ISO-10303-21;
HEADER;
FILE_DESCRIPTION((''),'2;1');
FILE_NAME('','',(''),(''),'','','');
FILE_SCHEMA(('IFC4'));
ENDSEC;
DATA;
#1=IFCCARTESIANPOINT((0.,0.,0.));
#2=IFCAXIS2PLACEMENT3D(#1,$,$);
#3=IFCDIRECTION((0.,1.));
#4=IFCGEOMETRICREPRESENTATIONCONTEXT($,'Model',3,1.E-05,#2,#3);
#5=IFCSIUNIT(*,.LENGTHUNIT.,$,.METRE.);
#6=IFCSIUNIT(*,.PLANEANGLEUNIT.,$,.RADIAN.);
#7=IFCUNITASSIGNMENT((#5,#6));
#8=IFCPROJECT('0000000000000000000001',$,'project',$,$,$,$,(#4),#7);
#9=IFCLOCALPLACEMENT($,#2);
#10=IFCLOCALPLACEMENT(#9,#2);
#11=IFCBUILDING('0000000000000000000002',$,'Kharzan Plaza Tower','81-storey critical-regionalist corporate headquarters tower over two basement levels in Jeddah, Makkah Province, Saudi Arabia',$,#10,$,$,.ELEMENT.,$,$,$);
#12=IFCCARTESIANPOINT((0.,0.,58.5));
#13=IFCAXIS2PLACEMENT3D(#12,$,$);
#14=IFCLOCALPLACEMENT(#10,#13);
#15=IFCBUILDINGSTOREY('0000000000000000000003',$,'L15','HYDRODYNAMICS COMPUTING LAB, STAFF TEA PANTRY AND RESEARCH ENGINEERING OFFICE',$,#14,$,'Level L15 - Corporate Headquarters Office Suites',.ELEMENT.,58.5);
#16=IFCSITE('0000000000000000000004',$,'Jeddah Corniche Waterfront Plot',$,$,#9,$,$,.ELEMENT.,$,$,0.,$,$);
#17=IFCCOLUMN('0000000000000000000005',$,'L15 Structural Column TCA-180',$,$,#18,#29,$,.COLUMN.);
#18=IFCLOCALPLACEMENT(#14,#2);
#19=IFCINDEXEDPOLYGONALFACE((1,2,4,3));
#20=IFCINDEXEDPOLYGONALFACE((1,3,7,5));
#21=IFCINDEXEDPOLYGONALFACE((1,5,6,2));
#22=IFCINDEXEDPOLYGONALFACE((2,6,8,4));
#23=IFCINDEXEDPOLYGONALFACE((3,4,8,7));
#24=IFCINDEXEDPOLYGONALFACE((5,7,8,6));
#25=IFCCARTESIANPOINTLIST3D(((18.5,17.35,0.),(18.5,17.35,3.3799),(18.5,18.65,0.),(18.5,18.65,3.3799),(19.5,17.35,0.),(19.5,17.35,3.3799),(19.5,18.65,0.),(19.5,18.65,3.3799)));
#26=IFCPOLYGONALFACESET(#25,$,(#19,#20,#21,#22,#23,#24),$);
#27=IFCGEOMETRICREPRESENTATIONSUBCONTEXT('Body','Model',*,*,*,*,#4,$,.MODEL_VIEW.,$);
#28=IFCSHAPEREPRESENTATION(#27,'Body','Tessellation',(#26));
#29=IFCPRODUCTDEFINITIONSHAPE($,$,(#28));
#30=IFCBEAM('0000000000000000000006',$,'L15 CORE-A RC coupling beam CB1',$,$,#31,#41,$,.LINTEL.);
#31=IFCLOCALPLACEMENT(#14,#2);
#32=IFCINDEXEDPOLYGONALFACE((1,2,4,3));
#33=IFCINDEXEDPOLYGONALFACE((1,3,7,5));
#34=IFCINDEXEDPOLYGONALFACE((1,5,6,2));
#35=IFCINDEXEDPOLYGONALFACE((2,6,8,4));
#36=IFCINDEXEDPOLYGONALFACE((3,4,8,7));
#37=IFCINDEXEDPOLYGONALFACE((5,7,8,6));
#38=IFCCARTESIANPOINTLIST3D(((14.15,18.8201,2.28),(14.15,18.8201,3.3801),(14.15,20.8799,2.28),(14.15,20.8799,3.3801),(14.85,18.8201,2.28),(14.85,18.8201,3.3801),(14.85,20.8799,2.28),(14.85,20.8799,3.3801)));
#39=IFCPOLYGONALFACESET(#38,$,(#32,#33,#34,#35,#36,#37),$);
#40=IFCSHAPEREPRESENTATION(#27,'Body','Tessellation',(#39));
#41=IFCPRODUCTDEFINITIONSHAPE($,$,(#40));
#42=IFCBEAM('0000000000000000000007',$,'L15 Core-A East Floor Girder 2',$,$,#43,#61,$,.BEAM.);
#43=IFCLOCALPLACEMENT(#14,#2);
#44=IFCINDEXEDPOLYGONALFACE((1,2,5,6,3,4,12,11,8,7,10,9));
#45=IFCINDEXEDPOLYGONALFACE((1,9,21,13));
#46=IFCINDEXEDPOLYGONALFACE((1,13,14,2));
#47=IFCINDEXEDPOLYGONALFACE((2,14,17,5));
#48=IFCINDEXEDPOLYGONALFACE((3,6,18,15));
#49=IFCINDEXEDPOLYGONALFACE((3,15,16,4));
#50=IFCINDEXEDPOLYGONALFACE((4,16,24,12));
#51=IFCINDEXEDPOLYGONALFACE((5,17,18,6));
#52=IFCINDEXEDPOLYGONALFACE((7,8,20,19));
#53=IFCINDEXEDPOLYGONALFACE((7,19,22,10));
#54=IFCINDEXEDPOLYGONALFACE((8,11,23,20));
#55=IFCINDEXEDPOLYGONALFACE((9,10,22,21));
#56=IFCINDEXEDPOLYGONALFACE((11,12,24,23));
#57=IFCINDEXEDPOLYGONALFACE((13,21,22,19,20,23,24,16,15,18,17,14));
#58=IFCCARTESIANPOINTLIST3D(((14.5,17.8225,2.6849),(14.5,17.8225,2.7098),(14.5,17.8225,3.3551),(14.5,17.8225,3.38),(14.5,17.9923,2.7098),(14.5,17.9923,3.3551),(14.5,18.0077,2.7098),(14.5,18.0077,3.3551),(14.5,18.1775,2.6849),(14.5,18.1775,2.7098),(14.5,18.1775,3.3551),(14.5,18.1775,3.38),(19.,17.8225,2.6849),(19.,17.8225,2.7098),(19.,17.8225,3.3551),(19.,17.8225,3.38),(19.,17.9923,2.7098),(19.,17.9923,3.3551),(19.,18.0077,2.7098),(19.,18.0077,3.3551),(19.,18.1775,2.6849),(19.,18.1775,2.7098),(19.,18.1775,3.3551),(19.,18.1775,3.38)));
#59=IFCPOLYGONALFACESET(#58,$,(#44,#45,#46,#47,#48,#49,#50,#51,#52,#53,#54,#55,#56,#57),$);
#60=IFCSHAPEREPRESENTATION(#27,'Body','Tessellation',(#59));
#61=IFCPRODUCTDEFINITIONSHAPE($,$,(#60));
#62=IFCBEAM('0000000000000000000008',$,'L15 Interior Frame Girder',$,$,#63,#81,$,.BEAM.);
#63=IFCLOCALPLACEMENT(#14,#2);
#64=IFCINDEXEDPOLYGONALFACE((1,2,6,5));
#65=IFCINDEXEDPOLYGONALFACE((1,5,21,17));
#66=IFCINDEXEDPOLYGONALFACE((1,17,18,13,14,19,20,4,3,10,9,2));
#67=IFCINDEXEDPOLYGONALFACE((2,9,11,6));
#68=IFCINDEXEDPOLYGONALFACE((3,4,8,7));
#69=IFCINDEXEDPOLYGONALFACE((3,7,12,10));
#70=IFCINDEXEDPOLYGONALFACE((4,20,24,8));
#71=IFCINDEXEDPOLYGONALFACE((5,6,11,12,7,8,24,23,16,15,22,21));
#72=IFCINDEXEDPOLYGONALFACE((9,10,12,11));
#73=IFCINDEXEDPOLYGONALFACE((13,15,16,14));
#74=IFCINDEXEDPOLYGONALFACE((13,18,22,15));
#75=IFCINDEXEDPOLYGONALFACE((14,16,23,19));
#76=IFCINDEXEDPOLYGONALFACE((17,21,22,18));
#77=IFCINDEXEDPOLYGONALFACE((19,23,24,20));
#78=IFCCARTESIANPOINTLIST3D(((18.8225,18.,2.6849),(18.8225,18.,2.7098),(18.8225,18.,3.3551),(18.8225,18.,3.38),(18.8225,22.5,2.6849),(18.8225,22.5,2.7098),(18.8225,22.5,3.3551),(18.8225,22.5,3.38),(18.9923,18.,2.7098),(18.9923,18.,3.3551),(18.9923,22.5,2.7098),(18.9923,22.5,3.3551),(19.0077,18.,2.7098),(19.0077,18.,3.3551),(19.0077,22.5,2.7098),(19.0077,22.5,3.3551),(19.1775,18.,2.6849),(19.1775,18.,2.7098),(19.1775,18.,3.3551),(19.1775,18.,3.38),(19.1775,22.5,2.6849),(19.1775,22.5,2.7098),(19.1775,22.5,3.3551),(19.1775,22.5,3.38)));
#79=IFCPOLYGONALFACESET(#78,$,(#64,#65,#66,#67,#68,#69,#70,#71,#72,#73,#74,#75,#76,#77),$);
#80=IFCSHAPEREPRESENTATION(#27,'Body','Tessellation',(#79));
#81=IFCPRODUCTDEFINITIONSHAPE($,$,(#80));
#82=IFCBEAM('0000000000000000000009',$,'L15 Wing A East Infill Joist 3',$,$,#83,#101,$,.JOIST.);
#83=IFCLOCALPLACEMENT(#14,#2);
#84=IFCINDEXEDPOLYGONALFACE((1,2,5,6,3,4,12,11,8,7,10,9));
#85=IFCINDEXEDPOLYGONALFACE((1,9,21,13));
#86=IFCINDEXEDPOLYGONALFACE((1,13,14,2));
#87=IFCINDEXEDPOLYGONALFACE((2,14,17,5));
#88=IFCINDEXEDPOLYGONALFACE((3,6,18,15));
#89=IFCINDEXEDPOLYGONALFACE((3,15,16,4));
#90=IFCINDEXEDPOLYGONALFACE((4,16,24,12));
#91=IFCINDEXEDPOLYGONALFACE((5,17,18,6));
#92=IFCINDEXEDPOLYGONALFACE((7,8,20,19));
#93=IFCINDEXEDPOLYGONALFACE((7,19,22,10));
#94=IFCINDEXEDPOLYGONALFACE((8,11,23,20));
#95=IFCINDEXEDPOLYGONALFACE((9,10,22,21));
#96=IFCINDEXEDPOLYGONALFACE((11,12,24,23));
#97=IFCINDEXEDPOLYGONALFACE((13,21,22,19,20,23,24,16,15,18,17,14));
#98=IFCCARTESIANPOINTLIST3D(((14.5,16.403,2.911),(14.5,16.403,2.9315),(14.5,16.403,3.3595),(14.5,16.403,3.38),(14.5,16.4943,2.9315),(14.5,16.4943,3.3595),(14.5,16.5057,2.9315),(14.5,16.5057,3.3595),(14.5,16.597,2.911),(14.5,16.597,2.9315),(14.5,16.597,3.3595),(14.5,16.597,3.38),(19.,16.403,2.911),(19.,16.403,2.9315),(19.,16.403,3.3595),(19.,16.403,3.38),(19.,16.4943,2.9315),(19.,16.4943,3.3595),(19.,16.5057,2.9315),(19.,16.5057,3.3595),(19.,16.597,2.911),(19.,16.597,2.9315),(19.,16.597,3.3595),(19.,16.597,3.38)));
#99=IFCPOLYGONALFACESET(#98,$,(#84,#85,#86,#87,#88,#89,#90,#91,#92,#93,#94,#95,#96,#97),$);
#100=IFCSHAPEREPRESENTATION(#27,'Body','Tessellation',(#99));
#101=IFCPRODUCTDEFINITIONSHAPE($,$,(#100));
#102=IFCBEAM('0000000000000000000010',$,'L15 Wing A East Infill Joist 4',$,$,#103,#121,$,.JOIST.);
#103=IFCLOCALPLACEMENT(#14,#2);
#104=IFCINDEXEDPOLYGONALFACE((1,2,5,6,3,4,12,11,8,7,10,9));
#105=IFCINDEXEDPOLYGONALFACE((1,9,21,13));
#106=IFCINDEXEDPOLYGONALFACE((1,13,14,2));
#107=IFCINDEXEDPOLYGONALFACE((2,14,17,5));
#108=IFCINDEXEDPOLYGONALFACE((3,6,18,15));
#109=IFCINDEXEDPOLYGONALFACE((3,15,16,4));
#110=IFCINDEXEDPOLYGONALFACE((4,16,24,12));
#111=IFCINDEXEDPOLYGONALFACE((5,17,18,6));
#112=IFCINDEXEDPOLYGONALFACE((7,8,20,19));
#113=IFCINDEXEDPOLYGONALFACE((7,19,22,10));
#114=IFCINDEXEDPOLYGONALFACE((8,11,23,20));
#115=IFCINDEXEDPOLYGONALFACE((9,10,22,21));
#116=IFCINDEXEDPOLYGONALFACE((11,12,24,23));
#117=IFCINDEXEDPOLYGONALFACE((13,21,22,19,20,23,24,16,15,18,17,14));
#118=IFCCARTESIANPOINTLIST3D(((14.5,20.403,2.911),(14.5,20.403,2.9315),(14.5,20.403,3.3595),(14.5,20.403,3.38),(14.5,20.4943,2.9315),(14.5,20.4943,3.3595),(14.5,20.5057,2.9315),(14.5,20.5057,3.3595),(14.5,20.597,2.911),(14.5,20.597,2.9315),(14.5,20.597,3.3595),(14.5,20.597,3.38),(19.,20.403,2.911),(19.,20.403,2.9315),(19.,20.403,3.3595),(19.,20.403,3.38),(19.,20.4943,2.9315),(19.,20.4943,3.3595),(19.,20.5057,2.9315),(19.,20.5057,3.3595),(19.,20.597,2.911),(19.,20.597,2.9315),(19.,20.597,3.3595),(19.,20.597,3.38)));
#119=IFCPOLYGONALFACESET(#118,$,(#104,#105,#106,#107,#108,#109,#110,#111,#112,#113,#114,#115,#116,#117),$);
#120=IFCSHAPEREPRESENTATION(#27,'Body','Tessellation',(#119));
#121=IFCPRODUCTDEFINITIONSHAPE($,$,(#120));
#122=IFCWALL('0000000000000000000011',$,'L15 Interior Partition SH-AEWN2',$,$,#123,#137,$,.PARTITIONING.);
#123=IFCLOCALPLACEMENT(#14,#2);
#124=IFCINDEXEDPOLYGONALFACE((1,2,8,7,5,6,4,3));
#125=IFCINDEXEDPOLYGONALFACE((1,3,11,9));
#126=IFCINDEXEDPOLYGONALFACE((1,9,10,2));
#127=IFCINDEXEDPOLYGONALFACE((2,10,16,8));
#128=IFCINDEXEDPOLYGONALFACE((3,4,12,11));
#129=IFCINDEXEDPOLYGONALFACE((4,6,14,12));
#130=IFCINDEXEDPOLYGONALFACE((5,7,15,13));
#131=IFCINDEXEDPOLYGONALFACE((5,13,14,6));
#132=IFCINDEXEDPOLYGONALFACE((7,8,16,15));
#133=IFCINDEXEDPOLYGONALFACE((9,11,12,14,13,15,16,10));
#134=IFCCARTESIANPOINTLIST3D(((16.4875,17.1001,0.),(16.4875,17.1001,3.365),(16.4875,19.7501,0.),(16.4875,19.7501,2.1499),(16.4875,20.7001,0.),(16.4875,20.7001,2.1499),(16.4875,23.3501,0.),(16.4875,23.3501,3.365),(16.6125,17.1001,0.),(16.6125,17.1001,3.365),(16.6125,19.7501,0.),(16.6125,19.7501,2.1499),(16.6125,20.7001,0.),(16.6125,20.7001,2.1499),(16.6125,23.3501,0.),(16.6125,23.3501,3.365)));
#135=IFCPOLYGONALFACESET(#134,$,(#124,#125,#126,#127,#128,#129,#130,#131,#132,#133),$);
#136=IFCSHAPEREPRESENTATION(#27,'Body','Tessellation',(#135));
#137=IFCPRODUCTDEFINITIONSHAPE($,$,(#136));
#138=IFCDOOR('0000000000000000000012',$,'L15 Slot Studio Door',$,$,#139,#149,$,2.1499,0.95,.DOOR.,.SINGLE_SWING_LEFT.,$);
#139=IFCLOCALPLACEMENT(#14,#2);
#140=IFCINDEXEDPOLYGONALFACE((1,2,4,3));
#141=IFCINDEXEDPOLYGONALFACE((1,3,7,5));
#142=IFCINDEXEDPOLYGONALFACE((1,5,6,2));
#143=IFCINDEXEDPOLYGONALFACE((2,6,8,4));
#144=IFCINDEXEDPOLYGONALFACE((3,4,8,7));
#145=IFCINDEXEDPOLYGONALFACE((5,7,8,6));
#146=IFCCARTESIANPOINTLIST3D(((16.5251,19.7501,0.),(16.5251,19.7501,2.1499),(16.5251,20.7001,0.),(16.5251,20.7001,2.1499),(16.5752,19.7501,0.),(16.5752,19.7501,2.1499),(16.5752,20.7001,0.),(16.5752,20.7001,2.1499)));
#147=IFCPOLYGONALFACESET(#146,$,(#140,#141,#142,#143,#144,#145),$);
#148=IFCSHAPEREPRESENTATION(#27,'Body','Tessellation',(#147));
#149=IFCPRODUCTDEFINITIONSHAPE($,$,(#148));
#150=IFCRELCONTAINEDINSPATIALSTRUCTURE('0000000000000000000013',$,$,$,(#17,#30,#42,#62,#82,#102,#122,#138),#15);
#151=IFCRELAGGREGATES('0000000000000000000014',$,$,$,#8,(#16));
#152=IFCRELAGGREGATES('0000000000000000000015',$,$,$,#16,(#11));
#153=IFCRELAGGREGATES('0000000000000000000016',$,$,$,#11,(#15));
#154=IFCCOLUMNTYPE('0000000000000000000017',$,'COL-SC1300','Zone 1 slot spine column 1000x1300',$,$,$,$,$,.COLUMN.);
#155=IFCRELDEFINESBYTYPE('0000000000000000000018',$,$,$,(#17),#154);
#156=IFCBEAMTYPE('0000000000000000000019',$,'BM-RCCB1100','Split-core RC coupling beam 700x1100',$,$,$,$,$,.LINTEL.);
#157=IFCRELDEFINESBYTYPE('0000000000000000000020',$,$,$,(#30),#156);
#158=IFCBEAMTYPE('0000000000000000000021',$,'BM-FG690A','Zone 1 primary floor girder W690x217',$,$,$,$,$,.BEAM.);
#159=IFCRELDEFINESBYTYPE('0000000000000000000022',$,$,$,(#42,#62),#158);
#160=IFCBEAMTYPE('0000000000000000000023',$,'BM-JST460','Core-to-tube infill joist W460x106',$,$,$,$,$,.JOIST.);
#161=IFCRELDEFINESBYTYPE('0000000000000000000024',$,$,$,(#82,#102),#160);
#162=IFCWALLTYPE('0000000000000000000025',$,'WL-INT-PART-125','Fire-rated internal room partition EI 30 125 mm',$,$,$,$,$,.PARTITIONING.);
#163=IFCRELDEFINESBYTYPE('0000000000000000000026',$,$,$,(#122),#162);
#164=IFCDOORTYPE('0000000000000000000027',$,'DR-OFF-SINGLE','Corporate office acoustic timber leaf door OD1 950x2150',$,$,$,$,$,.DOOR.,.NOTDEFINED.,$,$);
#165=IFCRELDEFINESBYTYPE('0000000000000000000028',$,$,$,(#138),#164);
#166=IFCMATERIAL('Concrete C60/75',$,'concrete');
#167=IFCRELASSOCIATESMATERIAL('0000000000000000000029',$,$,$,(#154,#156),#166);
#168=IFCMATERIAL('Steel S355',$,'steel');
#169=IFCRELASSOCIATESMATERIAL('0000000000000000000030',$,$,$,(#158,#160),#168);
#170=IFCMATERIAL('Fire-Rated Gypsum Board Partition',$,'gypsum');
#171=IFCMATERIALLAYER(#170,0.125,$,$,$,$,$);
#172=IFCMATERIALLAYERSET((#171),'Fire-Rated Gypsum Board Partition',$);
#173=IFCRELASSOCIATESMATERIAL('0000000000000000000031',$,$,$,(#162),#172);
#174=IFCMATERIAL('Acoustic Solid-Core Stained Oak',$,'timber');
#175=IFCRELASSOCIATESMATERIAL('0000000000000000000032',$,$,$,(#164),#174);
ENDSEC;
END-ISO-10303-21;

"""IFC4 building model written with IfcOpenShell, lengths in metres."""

from ifc_helpers import new_model, si_unit, direction, frame, frame_2d, origin, origin_2d, place, context, subcontext, project, spatial, rectangle, i_section, extrude, source, transform, mapped, material, layer, layer_set, material_profile, profile_set, type_object, element, fill, save


model = new_model("IFC4")

# Units and contexts
model_context = context("Model", 3, precision=1e-05, world=origin(), true_north=direction((0.0, 1.0)))
body_context = subcontext(model_context, "Body", "Model", "MODEL_VIEW")
ifc_project = project(units=[si_unit("LENGTHUNIT", "METRE"), si_unit("PLANEANGLEUNIT", "RADIAN")], contexts=[model_context])

# Site, building, storey
site_placement = place(None, origin())
site = spatial("IfcSite", under=ifc_project, at=site_placement, Name="Jeddah Corniche Waterfront Plot", CompositionType="ELEMENT", RefElevation=0.0)
building_placement = place(site_placement, origin())
building = spatial("IfcBuilding", under=site, at=building_placement, Name="Kharzan Plaza Tower", Description="81-storey critical-regionalist corporate headquarters tower over two basement levels in Jeddah, Makkah Province, Saudi Arabia", CompositionType="ELEMENT")
storey_placement = place(building_placement, frame((0.0, 0.0, 58.5)))
storey = spatial("IfcBuildingStorey", under=building, at=storey_placement, Name="L15", Description="HYDRODYNAMICS COMPUTING LAB, STAFF TEA PANTRY AND RESEARCH ENGINEERING OFFICE", LongName="Level L15 - Corporate Headquarters Office Suites", CompositionType="ELEMENT", Elevation=58.5)

# Column
ifc_material_1 = material(Name="Concrete C60/75", Category="concrete")
ifc_material_profile_1 = material_profile(ifc_material_1, rectangle(XDim=1.0, YDim=1.3, at=origin_2d()), Name="RC-SC1300x1000")
ifc_profile_set_1 = profile_set([ifc_material_profile_1], Name="Concrete C60/75")
column_type = type_object("IfcColumnType", Name="COL-SC1300", Description="Zone 1 slot spine column 1000x1300", PredefinedType="COLUMN", material=ifc_profile_set_1)
shared_shape_1 = source(origin(), body_context, "Body", "SweptSolid", [
    extrude(rectangle(XDim=1.0, YDim=1.3, at=origin_2d()), origin(), (0.0, 0.0, 1.0), 3.3799),
])
column_placement = place(storey_placement, frame((19.0, 18.0, 0.0), z_axis=(0.0, 0.0, 1.0), x_axis=(1.0, 0.0, 0.0)))
element("IfcColumn", 1, at=column_placement, inside=storey, type_object=column_type, Name="L15 Structural Column TCA-180", PredefinedType="COLUMN", context=body_context, shape_type="MappedRepresentation", body=[
    mapped(shared_shape_1, transform((0.0, 0.0, 0.0), x_axis=(1.0, 0.0, 0.0), y_axis=(0.0, 1.0, 0.0), z_axis=(0.0, 0.0, 1.0))),
])

# Beams
ifc_material_profile_2 = material_profile(ifc_material_1, rectangle(XDim=0.7, YDim=1.1001, at=origin_2d()), Name="RC-CB1100x700")
ifc_profile_set_2 = profile_set([ifc_material_profile_2], Name="Concrete C60/75")
beam_type_1 = type_object("IfcBeamType", Name="BM-RCCB1100", Description="Split-core RC coupling beam 700x1100", PredefinedType="LINTEL", material=ifc_profile_set_2)
shared_shape_2 = source(origin(), body_context, "Body", "SweptSolid", [
    extrude(rectangle(XDim=0.7, YDim=1.1001, at=origin_2d()), origin(), (0.0, 0.0, 1.0), 2.0598),
])
beam_placement = place(storey_placement, frame((14.5, 18.8201, 2.8301), z_axis=(0.0, 1.0, 0.0), x_axis=(-1.0, 0.0, 0.0)))
element("IfcBeam", 2, at=beam_placement, inside=storey, type_object=beam_type_1, Name="L15 CORE-A RC coupling beam CB1", PredefinedType="LINTEL", context=body_context, shape_type="MappedRepresentation", body=[
    mapped(shared_shape_2, transform((0.0, 0.0, 0.0), x_axis=(1.0, 0.0, 0.0), y_axis=(0.0, 1.0, 0.0), z_axis=(0.0, 0.0, 1.0))),
])
ifc_material_2 = material(Name="Steel S355", Category="steel")
ifc_material_profile_3 = material_profile(ifc_material_2, i_section(OverallWidth=0.355, OverallDepth=0.6951, WebThickness=0.0154, FlangeThickness=0.0249, at=origin_2d()), Name="W690x217")
ifc_profile_set_3 = profile_set([ifc_material_profile_3], Name="Steel S355")
beam_type_2 = type_object("IfcBeamType", Name="BM-FG690A", Description="Zone 1 primary floor girder W690x217", PredefinedType="BEAM", material=ifc_profile_set_3)
shared_shape_3 = source(origin(), body_context, "Body", "SweptSolid", [
    extrude(i_section(OverallWidth=0.355, OverallDepth=0.6951, WebThickness=0.0154, FlangeThickness=0.0249, at=origin_2d()), origin(), (0.0, 0.0, 1.0), 4.5),
])
for number, where, z_axis, x_axis, name in (
    (3, (14.5, 18.0, 3.0325), (1.0, 0.0, 0.0), (0.0, 1.0, 0.0), "L15 Core-A East Floor Girder 2"),
    (4, (19.0, 18.0, 3.0325), (0.0, 1.0, 0.0), (-1.0, 0.0, 0.0), "L15 Interior Frame Girder"),
):
    element("IfcBeam", number, at=place(storey_placement, frame(where, z_axis=z_axis, x_axis=x_axis)), inside=storey, type_object=beam_type_2, Name=name, PredefinedType="BEAM", context=body_context, shape_type="MappedRepresentation", body=[
        mapped(shared_shape_3, transform((0.0, 0.0, 0.0), x_axis=(1.0, 0.0, 0.0), y_axis=(0.0, 1.0, 0.0), z_axis=(0.0, 0.0, 1.0))),
    ])
ifc_material_profile_4 = material_profile(ifc_material_2, i_section(OverallWidth=0.1941, OverallDepth=0.469, WebThickness=0.0115, FlangeThickness=0.0205, at=origin_2d()), Name="W460x106")
ifc_profile_set_4 = profile_set([ifc_material_profile_4], Name="Steel S355")
beam_type_3 = type_object("IfcBeamType", Name="BM-JST460", Description="Core-to-tube infill joist W460x106", PredefinedType="JOIST", material=ifc_profile_set_4)
shared_shape_4 = source(origin(), body_context, "Body", "SweptSolid", [
    extrude(i_section(OverallWidth=0.1941, OverallDepth=0.469, WebThickness=0.0115, FlangeThickness=0.0205, at=origin_2d()), origin(), (0.0, 0.0, 1.0), 4.5),
])
for number, where, z_axis, x_axis, name in (
    (5, (14.5, 16.5, 3.1455), (1.0, 0.0, 0.0), (0.0, 1.0, 0.0), "L15 Wing A East Infill Joist 3"),
    (6, (14.5, 20.5, 3.1455), (1.0, 0.0, 0.0), (0.0, 1.0, 0.0), "L15 Wing A East Infill Joist 4"),
):
    element("IfcBeam", number, at=place(storey_placement, frame(where, z_axis=z_axis, x_axis=x_axis)), inside=storey, type_object=beam_type_3, Name=name, PredefinedType="JOIST", context=body_context, shape_type="MappedRepresentation", body=[
        mapped(shared_shape_4, transform((0.0, 0.0, 0.0), x_axis=(1.0, 0.0, 0.0), y_axis=(0.0, 1.0, 0.0), z_axis=(0.0, 0.0, 1.0))),
    ])

# Wall, opening, door
ifc_material_3 = material(Name="Fire-Rated Gypsum Board Partition", Category="gypsum")
ifc_layer_1 = layer(ifc_material_3, 0.125)
ifc_layer_set_1 = layer_set([ifc_layer_1], Name="Fire-Rated Gypsum Board Partition")
wall_type_1 = type_object("IfcWallType", Name="WL-INT-PART-125", Description="Fire-rated internal room partition EI 30 125 mm", PredefinedType="PARTITIONING", material=ifc_layer_set_1)
wall_1_placement = place(storey_placement, frame((16.55, 17.1001, 0.0), z_axis=(0.0, 0.0, 1.0), x_axis=(0.0, 1.0, 0.0)))
wall_1 = element("IfcWall", 7, at=wall_1_placement, inside=storey, type_object=wall_type_1, Name="L15 Interior Partition SH-AEWN2", PredefinedType="PARTITIONING", context=body_context, shape_type="SweptSolid", body=[
    extrude(rectangle(XDim=6.25, YDim=0.125, at=frame_2d((3.125, 0.0))), origin(), (0.0, 0.0, 1.0), 3.365),
])
opening_1_placement = place(wall_1_placement, frame((2.6499, 0.0, 0.0)))
opening_1 = element("IfcOpeningElement", 8, at=opening_1_placement, cuts=wall_1, PredefinedType="OPENING", context=body_context, shape_type="SweptSolid", body=[
    extrude(rectangle(XDim=0.95, YDim=2.1499, at=frame_2d((0.4751, 1.075))), frame((0.0, 0.0725, 0.0), z_axis=(0.0, -1.0, 0.0), x_axis=(1.0, 0.0, 0.0)), (0.0, 0.0, 1.0), 0.145),
])
ifc_material_4 = material(Name="Acoustic Solid-Core Stained Oak", Category="timber")
door_type_1 = type_object("IfcDoorType", Name="DR-OFF-SINGLE", Description="Corporate office acoustic timber leaf door OD1 950x2150", OperationType="NOTDEFINED", PredefinedType="DOOR", material=ifc_material_4)
shared_shape_5 = source(origin(), body_context, "Body", "SweptSolid", [
    extrude(rectangle(XDim=0.95, YDim=2.1499, at=frame_2d((0.4751, 1.075))), frame((0.0, 0.0249, 0.0), z_axis=(0.0, -1.0, 0.0), x_axis=(1.0, 0.0, 0.0)), (0.0, 0.0, 1.0), 0.05),
])
door_1_placement = place(opening_1_placement, origin())
door_1 = element("IfcDoor", 9, at=door_1_placement, inside=storey, type_object=door_type_1, Name="L15 Slot Studio Door", OperationType="SINGLE_SWING_LEFT", OverallHeight=2.1499, OverallWidth=0.95, PredefinedType="DOOR", context=body_context, shape_type="MappedRepresentation", body=[
    mapped(shared_shape_5, transform((0.0, 0.0, 0.0), x_axis=(1.0, 0.0, 0.0), y_axis=(0.0, 1.0, 0.0), z_axis=(0.0, 0.0, 1.0))),
])
fill(opening_1, door_1)

save(model, "model.ifc")
